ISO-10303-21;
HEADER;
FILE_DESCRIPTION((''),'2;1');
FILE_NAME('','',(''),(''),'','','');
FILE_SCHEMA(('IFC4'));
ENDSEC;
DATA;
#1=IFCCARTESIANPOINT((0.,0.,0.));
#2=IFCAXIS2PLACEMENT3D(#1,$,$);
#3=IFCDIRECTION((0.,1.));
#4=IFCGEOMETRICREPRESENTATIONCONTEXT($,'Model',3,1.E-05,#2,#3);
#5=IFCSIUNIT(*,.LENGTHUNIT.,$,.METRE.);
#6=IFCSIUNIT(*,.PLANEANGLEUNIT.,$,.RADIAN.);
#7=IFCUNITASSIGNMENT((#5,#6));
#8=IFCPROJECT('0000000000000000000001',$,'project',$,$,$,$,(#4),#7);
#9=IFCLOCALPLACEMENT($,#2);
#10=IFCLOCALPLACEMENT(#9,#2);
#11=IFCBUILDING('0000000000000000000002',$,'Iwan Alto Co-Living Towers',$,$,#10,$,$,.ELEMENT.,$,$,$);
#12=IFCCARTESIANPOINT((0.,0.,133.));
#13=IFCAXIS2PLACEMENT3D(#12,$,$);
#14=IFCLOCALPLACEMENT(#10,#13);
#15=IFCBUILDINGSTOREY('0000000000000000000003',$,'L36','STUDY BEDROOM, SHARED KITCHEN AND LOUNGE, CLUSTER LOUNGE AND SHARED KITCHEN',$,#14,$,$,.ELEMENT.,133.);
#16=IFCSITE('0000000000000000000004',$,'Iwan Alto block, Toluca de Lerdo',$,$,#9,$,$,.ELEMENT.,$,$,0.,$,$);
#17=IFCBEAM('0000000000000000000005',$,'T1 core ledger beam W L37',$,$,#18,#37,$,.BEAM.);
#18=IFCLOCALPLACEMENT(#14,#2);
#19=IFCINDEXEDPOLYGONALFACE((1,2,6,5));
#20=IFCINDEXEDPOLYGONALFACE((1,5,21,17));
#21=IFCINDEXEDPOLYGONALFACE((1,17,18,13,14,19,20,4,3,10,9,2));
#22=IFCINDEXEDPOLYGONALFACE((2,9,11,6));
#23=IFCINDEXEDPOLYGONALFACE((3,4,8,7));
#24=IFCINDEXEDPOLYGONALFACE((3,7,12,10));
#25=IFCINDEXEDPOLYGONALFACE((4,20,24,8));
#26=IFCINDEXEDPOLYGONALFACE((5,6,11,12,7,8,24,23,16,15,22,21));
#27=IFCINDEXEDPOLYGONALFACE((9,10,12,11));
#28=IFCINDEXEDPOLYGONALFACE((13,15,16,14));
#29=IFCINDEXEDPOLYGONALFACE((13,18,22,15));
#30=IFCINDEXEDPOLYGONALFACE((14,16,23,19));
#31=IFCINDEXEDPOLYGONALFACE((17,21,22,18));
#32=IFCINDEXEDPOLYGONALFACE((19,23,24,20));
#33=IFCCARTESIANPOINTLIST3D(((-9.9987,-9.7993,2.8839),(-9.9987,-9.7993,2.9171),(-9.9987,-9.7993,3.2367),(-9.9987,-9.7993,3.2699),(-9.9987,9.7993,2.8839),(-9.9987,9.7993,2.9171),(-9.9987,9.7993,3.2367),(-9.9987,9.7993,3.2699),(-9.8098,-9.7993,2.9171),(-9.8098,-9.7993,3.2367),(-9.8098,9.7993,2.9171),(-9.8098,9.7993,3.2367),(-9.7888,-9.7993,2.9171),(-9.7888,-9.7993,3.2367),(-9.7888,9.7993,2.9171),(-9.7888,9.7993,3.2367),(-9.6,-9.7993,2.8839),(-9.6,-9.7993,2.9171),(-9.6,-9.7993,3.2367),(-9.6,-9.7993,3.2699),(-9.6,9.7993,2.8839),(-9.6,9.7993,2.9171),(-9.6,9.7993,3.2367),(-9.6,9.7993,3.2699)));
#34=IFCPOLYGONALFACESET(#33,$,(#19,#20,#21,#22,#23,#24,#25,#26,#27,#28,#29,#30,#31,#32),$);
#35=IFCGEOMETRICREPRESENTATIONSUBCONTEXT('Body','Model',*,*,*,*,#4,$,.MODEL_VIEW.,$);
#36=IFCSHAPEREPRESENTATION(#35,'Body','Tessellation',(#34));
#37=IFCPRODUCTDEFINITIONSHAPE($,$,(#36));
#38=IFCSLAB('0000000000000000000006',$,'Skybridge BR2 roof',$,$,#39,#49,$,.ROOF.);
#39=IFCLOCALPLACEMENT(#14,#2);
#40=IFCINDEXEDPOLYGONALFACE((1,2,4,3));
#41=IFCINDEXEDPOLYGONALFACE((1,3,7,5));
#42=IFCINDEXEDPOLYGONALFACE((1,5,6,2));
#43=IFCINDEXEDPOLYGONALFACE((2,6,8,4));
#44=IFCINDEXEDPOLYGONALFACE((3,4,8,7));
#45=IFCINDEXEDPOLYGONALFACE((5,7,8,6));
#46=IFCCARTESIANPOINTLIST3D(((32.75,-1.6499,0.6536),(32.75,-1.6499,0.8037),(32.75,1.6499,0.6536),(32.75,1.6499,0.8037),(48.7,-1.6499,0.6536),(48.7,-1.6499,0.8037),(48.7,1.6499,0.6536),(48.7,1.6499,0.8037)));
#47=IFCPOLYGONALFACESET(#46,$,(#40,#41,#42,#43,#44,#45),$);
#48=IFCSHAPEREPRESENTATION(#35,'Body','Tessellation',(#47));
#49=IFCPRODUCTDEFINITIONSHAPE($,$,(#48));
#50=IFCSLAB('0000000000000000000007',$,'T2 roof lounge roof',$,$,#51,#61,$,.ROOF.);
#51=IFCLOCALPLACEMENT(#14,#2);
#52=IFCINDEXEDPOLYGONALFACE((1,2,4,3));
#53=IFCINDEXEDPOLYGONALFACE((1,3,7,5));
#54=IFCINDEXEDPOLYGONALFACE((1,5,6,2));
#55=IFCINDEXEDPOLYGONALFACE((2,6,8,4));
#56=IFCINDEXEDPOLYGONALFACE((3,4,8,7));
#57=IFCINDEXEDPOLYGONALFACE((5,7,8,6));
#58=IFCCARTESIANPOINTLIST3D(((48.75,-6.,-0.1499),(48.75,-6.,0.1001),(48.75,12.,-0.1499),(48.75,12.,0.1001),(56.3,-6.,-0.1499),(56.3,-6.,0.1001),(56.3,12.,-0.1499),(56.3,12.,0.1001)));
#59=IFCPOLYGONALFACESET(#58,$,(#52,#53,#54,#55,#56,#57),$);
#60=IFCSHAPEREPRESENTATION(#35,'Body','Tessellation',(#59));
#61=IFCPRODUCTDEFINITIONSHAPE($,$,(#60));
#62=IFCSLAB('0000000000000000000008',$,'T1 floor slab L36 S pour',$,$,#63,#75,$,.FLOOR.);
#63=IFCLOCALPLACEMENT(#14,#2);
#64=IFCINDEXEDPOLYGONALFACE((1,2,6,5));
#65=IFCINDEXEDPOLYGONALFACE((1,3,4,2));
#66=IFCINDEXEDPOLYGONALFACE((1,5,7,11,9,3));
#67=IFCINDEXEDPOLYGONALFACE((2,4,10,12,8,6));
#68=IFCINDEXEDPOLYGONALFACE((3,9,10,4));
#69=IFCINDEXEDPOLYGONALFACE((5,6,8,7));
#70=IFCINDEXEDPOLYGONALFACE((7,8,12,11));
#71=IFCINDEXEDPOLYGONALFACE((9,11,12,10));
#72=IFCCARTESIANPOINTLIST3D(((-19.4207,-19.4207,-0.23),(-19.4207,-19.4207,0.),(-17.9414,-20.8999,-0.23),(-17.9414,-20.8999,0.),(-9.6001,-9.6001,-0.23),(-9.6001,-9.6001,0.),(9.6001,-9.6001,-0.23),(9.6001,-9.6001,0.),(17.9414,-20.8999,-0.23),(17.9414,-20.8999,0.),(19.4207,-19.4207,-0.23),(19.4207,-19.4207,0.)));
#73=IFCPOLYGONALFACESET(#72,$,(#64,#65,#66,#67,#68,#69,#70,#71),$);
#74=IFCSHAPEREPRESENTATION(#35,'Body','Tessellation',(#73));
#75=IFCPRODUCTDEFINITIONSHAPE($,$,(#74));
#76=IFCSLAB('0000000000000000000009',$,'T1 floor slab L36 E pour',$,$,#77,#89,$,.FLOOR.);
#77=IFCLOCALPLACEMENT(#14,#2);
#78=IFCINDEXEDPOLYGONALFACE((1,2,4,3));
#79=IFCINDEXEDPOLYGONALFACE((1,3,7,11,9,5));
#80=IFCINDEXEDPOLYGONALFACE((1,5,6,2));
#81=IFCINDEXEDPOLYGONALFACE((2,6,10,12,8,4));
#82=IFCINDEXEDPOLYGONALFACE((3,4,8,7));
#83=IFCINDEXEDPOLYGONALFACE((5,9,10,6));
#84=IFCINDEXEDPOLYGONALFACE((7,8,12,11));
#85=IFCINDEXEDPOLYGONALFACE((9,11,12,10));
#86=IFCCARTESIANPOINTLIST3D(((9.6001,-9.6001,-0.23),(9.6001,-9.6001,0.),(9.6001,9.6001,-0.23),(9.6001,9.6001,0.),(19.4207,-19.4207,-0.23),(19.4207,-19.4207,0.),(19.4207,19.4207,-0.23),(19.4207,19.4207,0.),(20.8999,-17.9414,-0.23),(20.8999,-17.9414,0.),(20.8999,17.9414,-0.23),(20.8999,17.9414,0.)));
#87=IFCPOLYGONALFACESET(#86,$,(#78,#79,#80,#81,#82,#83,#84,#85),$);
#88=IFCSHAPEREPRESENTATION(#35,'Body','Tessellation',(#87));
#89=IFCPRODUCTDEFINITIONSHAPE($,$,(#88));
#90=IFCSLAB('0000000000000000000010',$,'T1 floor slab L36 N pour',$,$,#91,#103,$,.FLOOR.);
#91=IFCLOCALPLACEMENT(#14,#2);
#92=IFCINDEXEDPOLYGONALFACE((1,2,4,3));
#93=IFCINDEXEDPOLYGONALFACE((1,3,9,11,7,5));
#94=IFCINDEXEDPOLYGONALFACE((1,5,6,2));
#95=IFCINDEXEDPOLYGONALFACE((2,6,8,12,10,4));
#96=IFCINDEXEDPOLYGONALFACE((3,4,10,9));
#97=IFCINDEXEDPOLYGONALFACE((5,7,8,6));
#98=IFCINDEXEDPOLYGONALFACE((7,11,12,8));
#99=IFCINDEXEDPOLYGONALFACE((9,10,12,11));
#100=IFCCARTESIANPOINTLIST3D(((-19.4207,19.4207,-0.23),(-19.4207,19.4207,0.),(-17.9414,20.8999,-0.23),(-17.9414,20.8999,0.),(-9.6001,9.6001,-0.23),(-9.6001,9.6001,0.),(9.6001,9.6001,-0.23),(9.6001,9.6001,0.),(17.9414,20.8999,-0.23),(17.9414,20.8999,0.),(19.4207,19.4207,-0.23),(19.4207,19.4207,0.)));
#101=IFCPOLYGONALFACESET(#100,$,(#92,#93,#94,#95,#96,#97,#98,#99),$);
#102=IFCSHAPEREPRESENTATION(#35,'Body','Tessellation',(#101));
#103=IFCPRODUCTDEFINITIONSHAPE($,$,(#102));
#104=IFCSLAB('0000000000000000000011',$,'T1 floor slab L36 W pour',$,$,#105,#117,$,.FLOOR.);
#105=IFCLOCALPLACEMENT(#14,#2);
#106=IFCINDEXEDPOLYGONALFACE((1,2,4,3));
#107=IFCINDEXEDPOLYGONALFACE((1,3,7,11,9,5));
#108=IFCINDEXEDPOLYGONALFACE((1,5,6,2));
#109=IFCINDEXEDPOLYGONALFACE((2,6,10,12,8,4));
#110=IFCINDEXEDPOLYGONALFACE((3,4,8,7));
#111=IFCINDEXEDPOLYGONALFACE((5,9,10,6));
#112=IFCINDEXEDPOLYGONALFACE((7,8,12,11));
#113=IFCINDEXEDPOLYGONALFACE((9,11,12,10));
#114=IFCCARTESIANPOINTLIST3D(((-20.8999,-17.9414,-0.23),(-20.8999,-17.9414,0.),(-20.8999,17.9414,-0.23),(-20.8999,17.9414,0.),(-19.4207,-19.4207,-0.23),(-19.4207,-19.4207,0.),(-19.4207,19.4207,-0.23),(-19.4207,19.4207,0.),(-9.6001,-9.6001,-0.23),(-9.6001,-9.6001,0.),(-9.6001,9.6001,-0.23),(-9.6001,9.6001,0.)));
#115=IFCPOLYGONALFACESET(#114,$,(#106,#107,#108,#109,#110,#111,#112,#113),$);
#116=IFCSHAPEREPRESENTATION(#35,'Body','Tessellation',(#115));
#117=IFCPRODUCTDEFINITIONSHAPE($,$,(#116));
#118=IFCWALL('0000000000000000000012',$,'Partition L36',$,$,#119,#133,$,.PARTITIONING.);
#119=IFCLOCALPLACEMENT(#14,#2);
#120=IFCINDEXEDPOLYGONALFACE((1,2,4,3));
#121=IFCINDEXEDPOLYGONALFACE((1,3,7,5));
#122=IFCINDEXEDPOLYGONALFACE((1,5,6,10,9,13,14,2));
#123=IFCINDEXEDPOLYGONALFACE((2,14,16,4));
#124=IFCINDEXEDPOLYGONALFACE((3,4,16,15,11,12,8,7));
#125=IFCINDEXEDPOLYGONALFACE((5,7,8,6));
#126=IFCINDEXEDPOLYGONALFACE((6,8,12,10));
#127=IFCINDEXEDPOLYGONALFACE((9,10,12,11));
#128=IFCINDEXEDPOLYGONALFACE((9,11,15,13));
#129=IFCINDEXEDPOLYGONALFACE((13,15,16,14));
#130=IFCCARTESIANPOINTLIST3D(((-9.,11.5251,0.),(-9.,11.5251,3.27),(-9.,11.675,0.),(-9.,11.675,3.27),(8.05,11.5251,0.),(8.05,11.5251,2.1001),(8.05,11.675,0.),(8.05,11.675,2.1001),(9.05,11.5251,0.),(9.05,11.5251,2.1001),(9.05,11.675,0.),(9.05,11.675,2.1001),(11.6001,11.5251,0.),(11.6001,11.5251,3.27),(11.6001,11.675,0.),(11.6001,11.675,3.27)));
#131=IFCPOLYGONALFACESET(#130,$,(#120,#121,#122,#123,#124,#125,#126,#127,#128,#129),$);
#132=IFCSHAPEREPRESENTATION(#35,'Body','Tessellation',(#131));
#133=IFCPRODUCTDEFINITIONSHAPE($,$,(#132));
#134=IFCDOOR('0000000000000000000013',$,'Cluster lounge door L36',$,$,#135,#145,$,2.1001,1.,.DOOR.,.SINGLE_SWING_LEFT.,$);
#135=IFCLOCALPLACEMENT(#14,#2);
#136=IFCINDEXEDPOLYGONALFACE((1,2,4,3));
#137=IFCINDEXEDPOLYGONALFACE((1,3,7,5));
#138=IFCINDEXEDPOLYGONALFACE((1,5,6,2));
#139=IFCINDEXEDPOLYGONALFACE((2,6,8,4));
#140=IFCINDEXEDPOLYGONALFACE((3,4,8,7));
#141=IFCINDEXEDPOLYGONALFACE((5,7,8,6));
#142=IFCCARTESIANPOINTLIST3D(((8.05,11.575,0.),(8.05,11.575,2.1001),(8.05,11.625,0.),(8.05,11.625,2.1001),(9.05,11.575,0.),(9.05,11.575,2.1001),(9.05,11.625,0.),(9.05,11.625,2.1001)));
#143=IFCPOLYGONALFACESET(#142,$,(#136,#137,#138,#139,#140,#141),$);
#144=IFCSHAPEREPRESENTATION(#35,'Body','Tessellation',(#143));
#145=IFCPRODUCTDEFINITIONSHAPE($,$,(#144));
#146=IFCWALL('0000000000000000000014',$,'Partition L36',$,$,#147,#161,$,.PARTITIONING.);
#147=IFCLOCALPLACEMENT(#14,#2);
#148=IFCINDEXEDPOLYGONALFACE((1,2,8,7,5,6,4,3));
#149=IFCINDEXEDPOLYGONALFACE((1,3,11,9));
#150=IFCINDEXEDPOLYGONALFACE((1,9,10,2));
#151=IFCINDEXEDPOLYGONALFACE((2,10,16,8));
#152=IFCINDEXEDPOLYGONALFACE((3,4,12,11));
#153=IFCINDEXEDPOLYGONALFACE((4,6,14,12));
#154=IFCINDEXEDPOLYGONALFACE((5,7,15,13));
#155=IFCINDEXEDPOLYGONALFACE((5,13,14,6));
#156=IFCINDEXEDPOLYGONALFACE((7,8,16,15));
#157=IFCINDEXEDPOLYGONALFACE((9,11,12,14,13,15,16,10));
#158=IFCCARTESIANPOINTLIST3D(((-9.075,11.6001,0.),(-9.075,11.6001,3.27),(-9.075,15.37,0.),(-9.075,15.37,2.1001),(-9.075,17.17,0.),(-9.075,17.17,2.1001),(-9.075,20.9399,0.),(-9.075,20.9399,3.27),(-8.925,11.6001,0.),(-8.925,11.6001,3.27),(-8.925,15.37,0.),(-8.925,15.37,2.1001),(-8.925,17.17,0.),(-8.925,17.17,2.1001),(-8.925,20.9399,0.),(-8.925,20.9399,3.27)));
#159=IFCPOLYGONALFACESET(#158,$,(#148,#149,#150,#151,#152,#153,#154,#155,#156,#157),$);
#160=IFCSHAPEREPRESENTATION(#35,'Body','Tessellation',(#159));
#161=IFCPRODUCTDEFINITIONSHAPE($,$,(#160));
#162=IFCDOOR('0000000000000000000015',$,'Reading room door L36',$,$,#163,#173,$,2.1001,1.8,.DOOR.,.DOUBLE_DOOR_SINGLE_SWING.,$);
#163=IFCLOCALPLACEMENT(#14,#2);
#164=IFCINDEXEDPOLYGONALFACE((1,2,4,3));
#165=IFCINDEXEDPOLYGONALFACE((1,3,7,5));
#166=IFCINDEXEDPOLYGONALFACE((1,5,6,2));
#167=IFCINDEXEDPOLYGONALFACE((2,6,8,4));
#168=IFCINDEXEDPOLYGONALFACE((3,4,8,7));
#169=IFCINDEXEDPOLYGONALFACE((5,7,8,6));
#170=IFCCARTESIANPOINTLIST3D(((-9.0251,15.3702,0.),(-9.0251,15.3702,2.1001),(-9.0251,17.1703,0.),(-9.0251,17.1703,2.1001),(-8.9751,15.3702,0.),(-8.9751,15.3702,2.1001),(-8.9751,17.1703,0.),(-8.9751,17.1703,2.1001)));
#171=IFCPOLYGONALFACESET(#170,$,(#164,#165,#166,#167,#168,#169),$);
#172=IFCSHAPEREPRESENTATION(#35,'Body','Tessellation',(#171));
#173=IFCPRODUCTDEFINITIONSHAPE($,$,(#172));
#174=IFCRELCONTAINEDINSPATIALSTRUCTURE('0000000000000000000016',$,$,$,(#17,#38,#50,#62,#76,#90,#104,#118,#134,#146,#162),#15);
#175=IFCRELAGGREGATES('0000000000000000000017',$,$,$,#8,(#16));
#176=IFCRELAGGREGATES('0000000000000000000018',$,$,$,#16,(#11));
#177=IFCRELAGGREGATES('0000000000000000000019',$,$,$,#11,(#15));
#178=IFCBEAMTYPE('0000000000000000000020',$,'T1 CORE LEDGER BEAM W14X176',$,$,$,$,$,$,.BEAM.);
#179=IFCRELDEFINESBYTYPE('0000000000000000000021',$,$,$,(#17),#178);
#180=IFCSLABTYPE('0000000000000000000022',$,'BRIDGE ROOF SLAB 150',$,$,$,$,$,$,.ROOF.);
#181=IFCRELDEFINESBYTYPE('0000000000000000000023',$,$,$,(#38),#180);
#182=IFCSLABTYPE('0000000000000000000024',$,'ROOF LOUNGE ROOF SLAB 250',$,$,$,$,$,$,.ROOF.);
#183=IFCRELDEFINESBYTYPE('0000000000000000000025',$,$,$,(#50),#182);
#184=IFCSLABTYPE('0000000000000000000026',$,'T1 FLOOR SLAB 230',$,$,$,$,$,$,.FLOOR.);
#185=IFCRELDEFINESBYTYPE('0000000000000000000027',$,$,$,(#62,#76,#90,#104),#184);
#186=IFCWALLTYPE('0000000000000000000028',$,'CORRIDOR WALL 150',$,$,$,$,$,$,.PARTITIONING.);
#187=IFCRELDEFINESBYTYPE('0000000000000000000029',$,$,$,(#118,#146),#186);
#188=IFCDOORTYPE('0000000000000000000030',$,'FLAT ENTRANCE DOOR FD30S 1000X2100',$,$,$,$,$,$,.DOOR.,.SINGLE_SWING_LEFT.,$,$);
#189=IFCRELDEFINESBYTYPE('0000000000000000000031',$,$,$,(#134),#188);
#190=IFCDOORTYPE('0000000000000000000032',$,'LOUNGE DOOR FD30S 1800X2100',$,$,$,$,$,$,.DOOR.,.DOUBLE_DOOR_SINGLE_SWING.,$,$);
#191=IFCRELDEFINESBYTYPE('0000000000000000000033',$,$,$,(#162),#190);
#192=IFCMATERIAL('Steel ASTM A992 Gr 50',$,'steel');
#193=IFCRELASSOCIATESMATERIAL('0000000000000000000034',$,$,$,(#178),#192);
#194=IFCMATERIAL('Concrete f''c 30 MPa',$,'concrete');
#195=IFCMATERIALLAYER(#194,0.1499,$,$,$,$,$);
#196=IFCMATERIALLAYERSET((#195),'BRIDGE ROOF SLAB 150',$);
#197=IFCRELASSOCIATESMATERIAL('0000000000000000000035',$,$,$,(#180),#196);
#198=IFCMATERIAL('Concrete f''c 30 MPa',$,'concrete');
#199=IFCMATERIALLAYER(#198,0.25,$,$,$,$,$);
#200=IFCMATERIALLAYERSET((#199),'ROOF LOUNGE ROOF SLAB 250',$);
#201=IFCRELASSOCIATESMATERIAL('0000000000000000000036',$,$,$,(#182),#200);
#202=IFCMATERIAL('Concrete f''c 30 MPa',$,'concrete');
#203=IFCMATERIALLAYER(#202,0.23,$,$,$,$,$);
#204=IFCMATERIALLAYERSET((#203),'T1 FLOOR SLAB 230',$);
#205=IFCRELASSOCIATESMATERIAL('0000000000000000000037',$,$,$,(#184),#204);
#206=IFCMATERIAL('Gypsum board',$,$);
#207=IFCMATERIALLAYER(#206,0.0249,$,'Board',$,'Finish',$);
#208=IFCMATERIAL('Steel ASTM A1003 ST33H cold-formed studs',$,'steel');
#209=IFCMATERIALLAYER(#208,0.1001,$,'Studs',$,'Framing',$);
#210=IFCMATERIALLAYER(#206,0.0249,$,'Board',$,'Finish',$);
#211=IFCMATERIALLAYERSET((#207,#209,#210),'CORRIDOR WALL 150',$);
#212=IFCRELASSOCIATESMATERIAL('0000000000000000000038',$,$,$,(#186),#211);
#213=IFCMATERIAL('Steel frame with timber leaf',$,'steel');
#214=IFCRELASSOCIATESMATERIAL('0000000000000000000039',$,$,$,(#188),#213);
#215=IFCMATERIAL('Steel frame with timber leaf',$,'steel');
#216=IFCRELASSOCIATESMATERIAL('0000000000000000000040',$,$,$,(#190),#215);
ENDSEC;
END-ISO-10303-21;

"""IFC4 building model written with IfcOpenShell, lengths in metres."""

from ifc_helpers import new_model, si_unit, direction, frame, frame_2d, origin, origin_2d, place, context, subcontext, project, spatial, polyline, rectangle, i_section, outline, extrude, material, layer, layer_set, material_profile, profile_set, type_object, element, fill, save


model = new_model("IFC4")

# Units and contexts
model_context = context("Model", 3, precision=1e-05, world=origin(), true_north=direction((0.0, 1.0)))
body_context = subcontext(model_context, "Body", "Model", "MODEL_VIEW")
ifc_project = project(units=[si_unit("LENGTHUNIT", "METRE"), si_unit("PLANEANGLEUNIT", "RADIAN")], contexts=[model_context])

# Site, building, storey
site_placement = place(None, origin())
site = spatial("IfcSite", under=ifc_project, at=site_placement, Name="Iwan Alto block, Toluca de Lerdo", CompositionType="ELEMENT", RefElevation=0.0)
building_placement = place(site_placement, origin())
building = spatial("IfcBuilding", under=site, at=building_placement, Name="Iwan Alto Co-Living Towers", CompositionType="ELEMENT")
storey_placement = place(building_placement, frame((0.0, 0.0, 133.0)))
storey = spatial("IfcBuildingStorey", under=building, at=storey_placement, Name="L36", Description="STUDY BEDROOM, SHARED KITCHEN AND LOUNGE, CLUSTER LOUNGE AND SHARED KITCHEN", CompositionType="ELEMENT", Elevation=133.0)

# Beam
ifc_material_1 = material(Name="Steel ASTM A992 Gr 50", Category="steel")
ifc_material_profile = material_profile(ifc_material_1, i_section(OverallWidth=0.3987, OverallDepth=0.386, WebThickness=0.021, FlangeThickness=0.0332, at=origin_2d()), Name="W14X176")
ifc_profile_set = profile_set([ifc_material_profile], Name="Steel ASTM A992 Gr 50")
beam_type = type_object("IfcBeamType", Name="T1 CORE LEDGER BEAM W14X176", PredefinedType="BEAM", material=ifc_profile_set)
beam_placement = place(storey_placement, frame((-9.7993, 9.7993, 3.0769), z_axis=(0.0, -1.0, 0.0), x_axis=(1.0, 0.0, 0.0)))
element("IfcBeam", 1, at=beam_placement, inside=storey, type_object=beam_type, Name="T1 core ledger beam W L37", PredefinedType="BEAM", context=body_context, shape_type="SweptSolid", body=[
    extrude(i_section(OverallWidth=0.3987, OverallDepth=0.386, WebThickness=0.021, FlangeThickness=0.0332, at=origin_2d()), origin(), (0.0, 0.0, 1.0), 19.5986),
])

# Slabs
ifc_material_2 = material(Name="Concrete f'c 30 MPa", Category="concrete")
ifc_layer_1 = layer(ifc_material_2, 0.1499)
ifc_layer_set_1 = layer_set([ifc_layer_1], Name="BRIDGE ROOF SLAB 150")
slab_type_1 = type_object("IfcSlabType", Name="BRIDGE ROOF SLAB 150", PredefinedType="ROOF", material=ifc_layer_set_1)
slab_1_placement = place(storey_placement, frame((0.0, 0.0, 0.6536)))
element("IfcSlab", 2, at=slab_1_placement, inside=storey, type_object=slab_type_1, Name="Skybridge BR2 roof", PredefinedType="ROOF", context=body_context, shape_type="SweptSolid", body=[
    extrude(outline(polyline([(32.75, -1.6499), (48.7, -1.6499), (48.7, 1.6499), (32.75, 1.6499), (32.75, -1.6499)])), origin(), (0.0, 0.0, 1.0), 0.1501),
])
ifc_material_3 = material(Name="Concrete f'c 30 MPa", Category="concrete")
ifc_layer_2 = layer(ifc_material_3, 0.25)
ifc_layer_set_2 = layer_set([ifc_layer_2], Name="ROOF LOUNGE ROOF SLAB 250")
slab_type_2 = type_object("IfcSlabType", Name="ROOF LOUNGE ROOF SLAB 250", PredefinedType="ROOF", material=ifc_layer_set_2)
slab_2_placement = place(storey_placement, frame((0.0, 0.0, -0.1499)))
element("IfcSlab", 3, at=slab_2_placement, inside=storey, type_object=slab_type_2, Name="T2 roof lounge roof", PredefinedType="ROOF", context=body_context, shape_type="SweptSolid", body=[
    extrude(outline(polyline([(48.75, -6.0), (56.3, -6.0), (56.3, 12.0), (48.75, 12.0), (48.75, -6.0)])), origin(), (0.0, 0.0, 1.0), 0.25),
])
ifc_material_4 = material(Name="Concrete f'c 30 MPa", Category="concrete")
ifc_layer_3 = layer(ifc_material_4, 0.23)
ifc_layer_set_3 = layer_set([ifc_layer_3], Name="T1 FLOOR SLAB 230")
slab_type_3 = type_object("IfcSlabType", Name="T1 FLOOR SLAB 230", PredefinedType="FLOOR", material=ifc_layer_set_3)
slab_3_placement = place(storey_placement, frame((0.0, 0.0, -0.23)))
element("IfcSlab", 4, at=slab_3_placement, inside=storey, type_object=slab_type_3, Name="T1 floor slab L36 S pour", PredefinedType="FLOOR", context=body_context, shape_type="SweptSolid", body=[
    extrude(outline(polyline([(17.9414, -20.8999), (-17.9414, -20.8999), (-19.4207, -19.4207), (-9.6001, -9.6001), (9.6001, -9.6001), (19.4207, -19.4207), (17.9414, -20.8999)])), origin(), (0.0, 0.0, 1.0), 0.23),
])
slab_4_placement = place(storey_placement, frame((0.0, 0.0, -0.23)))
element("IfcSlab", 5, at=slab_4_placement, inside=storey, type_object=slab_type_3, Name="T1 floor slab L36 E pour", PredefinedType="FLOOR", context=body_context, shape_type="SweptSolid", body=[
    extrude(outline(polyline([(20.8999, 17.9414), (20.8999, -17.9414), (19.4207, -19.4207), (9.6001, -9.6001), (9.6001, 9.6001), (19.4207, 19.4207), (20.8999, 17.9414)])), origin(), (0.0, 0.0, 1.0), 0.23),
])
slab_5_placement = place(storey_placement, frame((0.0, 0.0, -0.23)))
element("IfcSlab", 6, at=slab_5_placement, inside=storey, type_object=slab_type_3, Name="T1 floor slab L36 N pour", PredefinedType="FLOOR", context=body_context, shape_type="SweptSolid", body=[
    extrude(outline(polyline([(-17.9414, 20.8999), (17.9414, 20.8999), (19.4207, 19.4207), (9.6001, 9.6001), (-9.6001, 9.6001), (-19.4207, 19.4207), (-17.9414, 20.8999)])), origin(), (0.0, 0.0, 1.0), 0.23),
])
slab_6_placement = place(storey_placement, frame((0.0, 0.0, -0.23)))
element("IfcSlab", 7, at=slab_6_placement, inside=storey, type_object=slab_type_3, Name="T1 floor slab L36 W pour", PredefinedType="FLOOR", context=body_context, shape_type="SweptSolid", body=[
    extrude(outline(polyline([(-20.8999, 17.9414), (-19.4207, 19.4207), (-9.6001, 9.6001), (-9.6001, -9.6001), (-19.4207, -19.4207), (-20.8999, -17.9414), (-20.8999, 17.9414)])), origin(), (0.0, 0.0, 1.0), 0.23),
])

# Walls, openings, doors
ifc_material_5 = material(Name="Gypsum board")
ifc_layer_4 = layer(ifc_material_5, 0.0249, Name="Board", Category="Finish")
ifc_material_6 = material(Name="Steel ASTM A1003 ST33H cold-formed studs", Category="steel")
ifc_layer_5 = layer(ifc_material_6, 0.1001, Name="Studs", Category="Framing")
ifc_layer_6 = layer(ifc_material_5, 0.0249, Name="Board", Category="Finish")
ifc_layer_set_4 = layer_set([ifc_layer_4, ifc_layer_5, ifc_layer_6], Name="CORRIDOR WALL 150")
wall_type_1 = type_object("IfcWallType", Name="CORRIDOR WALL 150", PredefinedType="PARTITIONING", material=ifc_layer_set_4)
wall_1_placement = place(storey_placement, frame((-9.0, 11.6001, 0.0), z_axis=(0.0, 0.0, 1.0), x_axis=(1.0, 0.0, 0.0)))
wall_1 = element("IfcWall", 8, at=wall_1_placement, inside=storey, type_object=wall_type_1, Name="Partition L36", PredefinedType="PARTITIONING", context=body_context, shape_type="SweptSolid", body=[
    extrude(rectangle(XDim=20.6001, YDim=0.1499, at=frame_2d((10.3, 0.0))), origin(), (0.0, 0.0, 1.0), 3.27),
])
opening_1_placement = place(wall_1_placement, frame((17.05, 0.0, 0.0)))
opening_1 = element("IfcOpeningElement", 9, at=opening_1_placement, cuts=wall_1, PredefinedType="OPENING", context=body_context, shape_type="SweptSolid", body=[
    extrude(rectangle(XDim=1.0, YDim=2.1001, at=frame_2d((0.5, 1.05))), frame((0.0, 0.085, 0.0), z_axis=(0.0, -1.0, 0.0), x_axis=(1.0, 0.0, 0.0)), (0.0, 0.0, 1.0), 0.1699),
])
ifc_material_7 = material(Name="Steel frame with timber leaf", Category="steel")
door_type_1 = type_object("IfcDoorType", Name="FLAT ENTRANCE DOOR FD30S 1000X2100", OperationType="SINGLE_SWING_LEFT", PredefinedType="DOOR", material=ifc_material_7)
door_1_placement = place(opening_1_placement, origin())
door_1 = element("IfcDoor", 10, at=door_1_placement, inside=storey, type_object=door_type_1, Name="Cluster lounge door L36", OperationType="SINGLE_SWING_LEFT", OverallHeight=2.1001, OverallWidth=1.0, PredefinedType="DOOR", context=body_context, shape_type="SweptSolid", body=[
    extrude(rectangle(XDim=1.0, YDim=2.1001, at=frame_2d((0.5, 1.05))), frame((0.0, 0.0249, 0.0), z_axis=(0.0, -1.0, 0.0), x_axis=(1.0, 0.0, 0.0)), (0.0, 0.0, 1.0), 0.05),
])
fill(opening_1, door_1)
wall_2_placement = place(storey_placement, frame((-9.0, 11.6001, 0.0), z_axis=(0.0, 0.0, 1.0), x_axis=(0.0, 1.0, 0.0)))
wall_2 = element("IfcWall", 11, at=wall_2_placement, inside=storey, type_object=wall_type_1, Name="Partition L36", PredefinedType="PARTITIONING", context=body_context, shape_type="SweptSolid", body=[
    extrude(rectangle(XDim=9.3398, YDim=0.1499, at=frame_2d((4.6699, 0.0))), origin(), (0.0, 0.0, 1.0), 3.27),
])
opening_2_placement = place(wall_2_placement, frame((3.77, 0.0, 0.0)))
opening_2 = element("IfcOpeningElement", 12, at=opening_2_placement, cuts=wall_2, PredefinedType="OPENING", context=body_context, shape_type="SweptSolid", body=[
    extrude(rectangle(XDim=1.8, YDim=2.1001, at=frame_2d((0.8999, 1.05))), frame((0.0, 0.085, 0.0), z_axis=(0.0, -1.0, 0.0), x_axis=(1.0, 0.0, 0.0)), (0.0, 0.0, 1.0), 0.1699),
])
ifc_material_8 = material(Name="Steel frame with timber leaf", Category="steel")
door_type_2 = type_object("IfcDoorType", Name="LOUNGE DOOR FD30S 1800X2100", OperationType="DOUBLE_DOOR_SINGLE_SWING", PredefinedType="DOOR", material=ifc_material_8)
door_2_placement = place(opening_2_placement, frame((1.8, 0.0, 0.0), z_axis=(0.0, 0.0, 1.0), x_axis=(-1.0, 0.0, 0.0)))
door_2 = element("IfcDoor", 13, at=door_2_placement, inside=storey, type_object=door_type_2, Name="Reading room door L36", OperationType="DOUBLE_DOOR_SINGLE_SWING", OverallHeight=2.1001, OverallWidth=1.8, PredefinedType="DOOR", context=body_context, shape_type="SweptSolid", body=[
    extrude(rectangle(XDim=1.8, YDim=2.1001, at=frame_2d((0.8999, 1.05))), frame((0.0, 0.0249, 0.0), z_axis=(0.0, -1.0, 0.0), x_axis=(1.0, 0.0, 0.0)), (0.0, 0.0, 1.0), 0.05),
])
fill(opening_2, door_2)

save(model, "model.ifc")
